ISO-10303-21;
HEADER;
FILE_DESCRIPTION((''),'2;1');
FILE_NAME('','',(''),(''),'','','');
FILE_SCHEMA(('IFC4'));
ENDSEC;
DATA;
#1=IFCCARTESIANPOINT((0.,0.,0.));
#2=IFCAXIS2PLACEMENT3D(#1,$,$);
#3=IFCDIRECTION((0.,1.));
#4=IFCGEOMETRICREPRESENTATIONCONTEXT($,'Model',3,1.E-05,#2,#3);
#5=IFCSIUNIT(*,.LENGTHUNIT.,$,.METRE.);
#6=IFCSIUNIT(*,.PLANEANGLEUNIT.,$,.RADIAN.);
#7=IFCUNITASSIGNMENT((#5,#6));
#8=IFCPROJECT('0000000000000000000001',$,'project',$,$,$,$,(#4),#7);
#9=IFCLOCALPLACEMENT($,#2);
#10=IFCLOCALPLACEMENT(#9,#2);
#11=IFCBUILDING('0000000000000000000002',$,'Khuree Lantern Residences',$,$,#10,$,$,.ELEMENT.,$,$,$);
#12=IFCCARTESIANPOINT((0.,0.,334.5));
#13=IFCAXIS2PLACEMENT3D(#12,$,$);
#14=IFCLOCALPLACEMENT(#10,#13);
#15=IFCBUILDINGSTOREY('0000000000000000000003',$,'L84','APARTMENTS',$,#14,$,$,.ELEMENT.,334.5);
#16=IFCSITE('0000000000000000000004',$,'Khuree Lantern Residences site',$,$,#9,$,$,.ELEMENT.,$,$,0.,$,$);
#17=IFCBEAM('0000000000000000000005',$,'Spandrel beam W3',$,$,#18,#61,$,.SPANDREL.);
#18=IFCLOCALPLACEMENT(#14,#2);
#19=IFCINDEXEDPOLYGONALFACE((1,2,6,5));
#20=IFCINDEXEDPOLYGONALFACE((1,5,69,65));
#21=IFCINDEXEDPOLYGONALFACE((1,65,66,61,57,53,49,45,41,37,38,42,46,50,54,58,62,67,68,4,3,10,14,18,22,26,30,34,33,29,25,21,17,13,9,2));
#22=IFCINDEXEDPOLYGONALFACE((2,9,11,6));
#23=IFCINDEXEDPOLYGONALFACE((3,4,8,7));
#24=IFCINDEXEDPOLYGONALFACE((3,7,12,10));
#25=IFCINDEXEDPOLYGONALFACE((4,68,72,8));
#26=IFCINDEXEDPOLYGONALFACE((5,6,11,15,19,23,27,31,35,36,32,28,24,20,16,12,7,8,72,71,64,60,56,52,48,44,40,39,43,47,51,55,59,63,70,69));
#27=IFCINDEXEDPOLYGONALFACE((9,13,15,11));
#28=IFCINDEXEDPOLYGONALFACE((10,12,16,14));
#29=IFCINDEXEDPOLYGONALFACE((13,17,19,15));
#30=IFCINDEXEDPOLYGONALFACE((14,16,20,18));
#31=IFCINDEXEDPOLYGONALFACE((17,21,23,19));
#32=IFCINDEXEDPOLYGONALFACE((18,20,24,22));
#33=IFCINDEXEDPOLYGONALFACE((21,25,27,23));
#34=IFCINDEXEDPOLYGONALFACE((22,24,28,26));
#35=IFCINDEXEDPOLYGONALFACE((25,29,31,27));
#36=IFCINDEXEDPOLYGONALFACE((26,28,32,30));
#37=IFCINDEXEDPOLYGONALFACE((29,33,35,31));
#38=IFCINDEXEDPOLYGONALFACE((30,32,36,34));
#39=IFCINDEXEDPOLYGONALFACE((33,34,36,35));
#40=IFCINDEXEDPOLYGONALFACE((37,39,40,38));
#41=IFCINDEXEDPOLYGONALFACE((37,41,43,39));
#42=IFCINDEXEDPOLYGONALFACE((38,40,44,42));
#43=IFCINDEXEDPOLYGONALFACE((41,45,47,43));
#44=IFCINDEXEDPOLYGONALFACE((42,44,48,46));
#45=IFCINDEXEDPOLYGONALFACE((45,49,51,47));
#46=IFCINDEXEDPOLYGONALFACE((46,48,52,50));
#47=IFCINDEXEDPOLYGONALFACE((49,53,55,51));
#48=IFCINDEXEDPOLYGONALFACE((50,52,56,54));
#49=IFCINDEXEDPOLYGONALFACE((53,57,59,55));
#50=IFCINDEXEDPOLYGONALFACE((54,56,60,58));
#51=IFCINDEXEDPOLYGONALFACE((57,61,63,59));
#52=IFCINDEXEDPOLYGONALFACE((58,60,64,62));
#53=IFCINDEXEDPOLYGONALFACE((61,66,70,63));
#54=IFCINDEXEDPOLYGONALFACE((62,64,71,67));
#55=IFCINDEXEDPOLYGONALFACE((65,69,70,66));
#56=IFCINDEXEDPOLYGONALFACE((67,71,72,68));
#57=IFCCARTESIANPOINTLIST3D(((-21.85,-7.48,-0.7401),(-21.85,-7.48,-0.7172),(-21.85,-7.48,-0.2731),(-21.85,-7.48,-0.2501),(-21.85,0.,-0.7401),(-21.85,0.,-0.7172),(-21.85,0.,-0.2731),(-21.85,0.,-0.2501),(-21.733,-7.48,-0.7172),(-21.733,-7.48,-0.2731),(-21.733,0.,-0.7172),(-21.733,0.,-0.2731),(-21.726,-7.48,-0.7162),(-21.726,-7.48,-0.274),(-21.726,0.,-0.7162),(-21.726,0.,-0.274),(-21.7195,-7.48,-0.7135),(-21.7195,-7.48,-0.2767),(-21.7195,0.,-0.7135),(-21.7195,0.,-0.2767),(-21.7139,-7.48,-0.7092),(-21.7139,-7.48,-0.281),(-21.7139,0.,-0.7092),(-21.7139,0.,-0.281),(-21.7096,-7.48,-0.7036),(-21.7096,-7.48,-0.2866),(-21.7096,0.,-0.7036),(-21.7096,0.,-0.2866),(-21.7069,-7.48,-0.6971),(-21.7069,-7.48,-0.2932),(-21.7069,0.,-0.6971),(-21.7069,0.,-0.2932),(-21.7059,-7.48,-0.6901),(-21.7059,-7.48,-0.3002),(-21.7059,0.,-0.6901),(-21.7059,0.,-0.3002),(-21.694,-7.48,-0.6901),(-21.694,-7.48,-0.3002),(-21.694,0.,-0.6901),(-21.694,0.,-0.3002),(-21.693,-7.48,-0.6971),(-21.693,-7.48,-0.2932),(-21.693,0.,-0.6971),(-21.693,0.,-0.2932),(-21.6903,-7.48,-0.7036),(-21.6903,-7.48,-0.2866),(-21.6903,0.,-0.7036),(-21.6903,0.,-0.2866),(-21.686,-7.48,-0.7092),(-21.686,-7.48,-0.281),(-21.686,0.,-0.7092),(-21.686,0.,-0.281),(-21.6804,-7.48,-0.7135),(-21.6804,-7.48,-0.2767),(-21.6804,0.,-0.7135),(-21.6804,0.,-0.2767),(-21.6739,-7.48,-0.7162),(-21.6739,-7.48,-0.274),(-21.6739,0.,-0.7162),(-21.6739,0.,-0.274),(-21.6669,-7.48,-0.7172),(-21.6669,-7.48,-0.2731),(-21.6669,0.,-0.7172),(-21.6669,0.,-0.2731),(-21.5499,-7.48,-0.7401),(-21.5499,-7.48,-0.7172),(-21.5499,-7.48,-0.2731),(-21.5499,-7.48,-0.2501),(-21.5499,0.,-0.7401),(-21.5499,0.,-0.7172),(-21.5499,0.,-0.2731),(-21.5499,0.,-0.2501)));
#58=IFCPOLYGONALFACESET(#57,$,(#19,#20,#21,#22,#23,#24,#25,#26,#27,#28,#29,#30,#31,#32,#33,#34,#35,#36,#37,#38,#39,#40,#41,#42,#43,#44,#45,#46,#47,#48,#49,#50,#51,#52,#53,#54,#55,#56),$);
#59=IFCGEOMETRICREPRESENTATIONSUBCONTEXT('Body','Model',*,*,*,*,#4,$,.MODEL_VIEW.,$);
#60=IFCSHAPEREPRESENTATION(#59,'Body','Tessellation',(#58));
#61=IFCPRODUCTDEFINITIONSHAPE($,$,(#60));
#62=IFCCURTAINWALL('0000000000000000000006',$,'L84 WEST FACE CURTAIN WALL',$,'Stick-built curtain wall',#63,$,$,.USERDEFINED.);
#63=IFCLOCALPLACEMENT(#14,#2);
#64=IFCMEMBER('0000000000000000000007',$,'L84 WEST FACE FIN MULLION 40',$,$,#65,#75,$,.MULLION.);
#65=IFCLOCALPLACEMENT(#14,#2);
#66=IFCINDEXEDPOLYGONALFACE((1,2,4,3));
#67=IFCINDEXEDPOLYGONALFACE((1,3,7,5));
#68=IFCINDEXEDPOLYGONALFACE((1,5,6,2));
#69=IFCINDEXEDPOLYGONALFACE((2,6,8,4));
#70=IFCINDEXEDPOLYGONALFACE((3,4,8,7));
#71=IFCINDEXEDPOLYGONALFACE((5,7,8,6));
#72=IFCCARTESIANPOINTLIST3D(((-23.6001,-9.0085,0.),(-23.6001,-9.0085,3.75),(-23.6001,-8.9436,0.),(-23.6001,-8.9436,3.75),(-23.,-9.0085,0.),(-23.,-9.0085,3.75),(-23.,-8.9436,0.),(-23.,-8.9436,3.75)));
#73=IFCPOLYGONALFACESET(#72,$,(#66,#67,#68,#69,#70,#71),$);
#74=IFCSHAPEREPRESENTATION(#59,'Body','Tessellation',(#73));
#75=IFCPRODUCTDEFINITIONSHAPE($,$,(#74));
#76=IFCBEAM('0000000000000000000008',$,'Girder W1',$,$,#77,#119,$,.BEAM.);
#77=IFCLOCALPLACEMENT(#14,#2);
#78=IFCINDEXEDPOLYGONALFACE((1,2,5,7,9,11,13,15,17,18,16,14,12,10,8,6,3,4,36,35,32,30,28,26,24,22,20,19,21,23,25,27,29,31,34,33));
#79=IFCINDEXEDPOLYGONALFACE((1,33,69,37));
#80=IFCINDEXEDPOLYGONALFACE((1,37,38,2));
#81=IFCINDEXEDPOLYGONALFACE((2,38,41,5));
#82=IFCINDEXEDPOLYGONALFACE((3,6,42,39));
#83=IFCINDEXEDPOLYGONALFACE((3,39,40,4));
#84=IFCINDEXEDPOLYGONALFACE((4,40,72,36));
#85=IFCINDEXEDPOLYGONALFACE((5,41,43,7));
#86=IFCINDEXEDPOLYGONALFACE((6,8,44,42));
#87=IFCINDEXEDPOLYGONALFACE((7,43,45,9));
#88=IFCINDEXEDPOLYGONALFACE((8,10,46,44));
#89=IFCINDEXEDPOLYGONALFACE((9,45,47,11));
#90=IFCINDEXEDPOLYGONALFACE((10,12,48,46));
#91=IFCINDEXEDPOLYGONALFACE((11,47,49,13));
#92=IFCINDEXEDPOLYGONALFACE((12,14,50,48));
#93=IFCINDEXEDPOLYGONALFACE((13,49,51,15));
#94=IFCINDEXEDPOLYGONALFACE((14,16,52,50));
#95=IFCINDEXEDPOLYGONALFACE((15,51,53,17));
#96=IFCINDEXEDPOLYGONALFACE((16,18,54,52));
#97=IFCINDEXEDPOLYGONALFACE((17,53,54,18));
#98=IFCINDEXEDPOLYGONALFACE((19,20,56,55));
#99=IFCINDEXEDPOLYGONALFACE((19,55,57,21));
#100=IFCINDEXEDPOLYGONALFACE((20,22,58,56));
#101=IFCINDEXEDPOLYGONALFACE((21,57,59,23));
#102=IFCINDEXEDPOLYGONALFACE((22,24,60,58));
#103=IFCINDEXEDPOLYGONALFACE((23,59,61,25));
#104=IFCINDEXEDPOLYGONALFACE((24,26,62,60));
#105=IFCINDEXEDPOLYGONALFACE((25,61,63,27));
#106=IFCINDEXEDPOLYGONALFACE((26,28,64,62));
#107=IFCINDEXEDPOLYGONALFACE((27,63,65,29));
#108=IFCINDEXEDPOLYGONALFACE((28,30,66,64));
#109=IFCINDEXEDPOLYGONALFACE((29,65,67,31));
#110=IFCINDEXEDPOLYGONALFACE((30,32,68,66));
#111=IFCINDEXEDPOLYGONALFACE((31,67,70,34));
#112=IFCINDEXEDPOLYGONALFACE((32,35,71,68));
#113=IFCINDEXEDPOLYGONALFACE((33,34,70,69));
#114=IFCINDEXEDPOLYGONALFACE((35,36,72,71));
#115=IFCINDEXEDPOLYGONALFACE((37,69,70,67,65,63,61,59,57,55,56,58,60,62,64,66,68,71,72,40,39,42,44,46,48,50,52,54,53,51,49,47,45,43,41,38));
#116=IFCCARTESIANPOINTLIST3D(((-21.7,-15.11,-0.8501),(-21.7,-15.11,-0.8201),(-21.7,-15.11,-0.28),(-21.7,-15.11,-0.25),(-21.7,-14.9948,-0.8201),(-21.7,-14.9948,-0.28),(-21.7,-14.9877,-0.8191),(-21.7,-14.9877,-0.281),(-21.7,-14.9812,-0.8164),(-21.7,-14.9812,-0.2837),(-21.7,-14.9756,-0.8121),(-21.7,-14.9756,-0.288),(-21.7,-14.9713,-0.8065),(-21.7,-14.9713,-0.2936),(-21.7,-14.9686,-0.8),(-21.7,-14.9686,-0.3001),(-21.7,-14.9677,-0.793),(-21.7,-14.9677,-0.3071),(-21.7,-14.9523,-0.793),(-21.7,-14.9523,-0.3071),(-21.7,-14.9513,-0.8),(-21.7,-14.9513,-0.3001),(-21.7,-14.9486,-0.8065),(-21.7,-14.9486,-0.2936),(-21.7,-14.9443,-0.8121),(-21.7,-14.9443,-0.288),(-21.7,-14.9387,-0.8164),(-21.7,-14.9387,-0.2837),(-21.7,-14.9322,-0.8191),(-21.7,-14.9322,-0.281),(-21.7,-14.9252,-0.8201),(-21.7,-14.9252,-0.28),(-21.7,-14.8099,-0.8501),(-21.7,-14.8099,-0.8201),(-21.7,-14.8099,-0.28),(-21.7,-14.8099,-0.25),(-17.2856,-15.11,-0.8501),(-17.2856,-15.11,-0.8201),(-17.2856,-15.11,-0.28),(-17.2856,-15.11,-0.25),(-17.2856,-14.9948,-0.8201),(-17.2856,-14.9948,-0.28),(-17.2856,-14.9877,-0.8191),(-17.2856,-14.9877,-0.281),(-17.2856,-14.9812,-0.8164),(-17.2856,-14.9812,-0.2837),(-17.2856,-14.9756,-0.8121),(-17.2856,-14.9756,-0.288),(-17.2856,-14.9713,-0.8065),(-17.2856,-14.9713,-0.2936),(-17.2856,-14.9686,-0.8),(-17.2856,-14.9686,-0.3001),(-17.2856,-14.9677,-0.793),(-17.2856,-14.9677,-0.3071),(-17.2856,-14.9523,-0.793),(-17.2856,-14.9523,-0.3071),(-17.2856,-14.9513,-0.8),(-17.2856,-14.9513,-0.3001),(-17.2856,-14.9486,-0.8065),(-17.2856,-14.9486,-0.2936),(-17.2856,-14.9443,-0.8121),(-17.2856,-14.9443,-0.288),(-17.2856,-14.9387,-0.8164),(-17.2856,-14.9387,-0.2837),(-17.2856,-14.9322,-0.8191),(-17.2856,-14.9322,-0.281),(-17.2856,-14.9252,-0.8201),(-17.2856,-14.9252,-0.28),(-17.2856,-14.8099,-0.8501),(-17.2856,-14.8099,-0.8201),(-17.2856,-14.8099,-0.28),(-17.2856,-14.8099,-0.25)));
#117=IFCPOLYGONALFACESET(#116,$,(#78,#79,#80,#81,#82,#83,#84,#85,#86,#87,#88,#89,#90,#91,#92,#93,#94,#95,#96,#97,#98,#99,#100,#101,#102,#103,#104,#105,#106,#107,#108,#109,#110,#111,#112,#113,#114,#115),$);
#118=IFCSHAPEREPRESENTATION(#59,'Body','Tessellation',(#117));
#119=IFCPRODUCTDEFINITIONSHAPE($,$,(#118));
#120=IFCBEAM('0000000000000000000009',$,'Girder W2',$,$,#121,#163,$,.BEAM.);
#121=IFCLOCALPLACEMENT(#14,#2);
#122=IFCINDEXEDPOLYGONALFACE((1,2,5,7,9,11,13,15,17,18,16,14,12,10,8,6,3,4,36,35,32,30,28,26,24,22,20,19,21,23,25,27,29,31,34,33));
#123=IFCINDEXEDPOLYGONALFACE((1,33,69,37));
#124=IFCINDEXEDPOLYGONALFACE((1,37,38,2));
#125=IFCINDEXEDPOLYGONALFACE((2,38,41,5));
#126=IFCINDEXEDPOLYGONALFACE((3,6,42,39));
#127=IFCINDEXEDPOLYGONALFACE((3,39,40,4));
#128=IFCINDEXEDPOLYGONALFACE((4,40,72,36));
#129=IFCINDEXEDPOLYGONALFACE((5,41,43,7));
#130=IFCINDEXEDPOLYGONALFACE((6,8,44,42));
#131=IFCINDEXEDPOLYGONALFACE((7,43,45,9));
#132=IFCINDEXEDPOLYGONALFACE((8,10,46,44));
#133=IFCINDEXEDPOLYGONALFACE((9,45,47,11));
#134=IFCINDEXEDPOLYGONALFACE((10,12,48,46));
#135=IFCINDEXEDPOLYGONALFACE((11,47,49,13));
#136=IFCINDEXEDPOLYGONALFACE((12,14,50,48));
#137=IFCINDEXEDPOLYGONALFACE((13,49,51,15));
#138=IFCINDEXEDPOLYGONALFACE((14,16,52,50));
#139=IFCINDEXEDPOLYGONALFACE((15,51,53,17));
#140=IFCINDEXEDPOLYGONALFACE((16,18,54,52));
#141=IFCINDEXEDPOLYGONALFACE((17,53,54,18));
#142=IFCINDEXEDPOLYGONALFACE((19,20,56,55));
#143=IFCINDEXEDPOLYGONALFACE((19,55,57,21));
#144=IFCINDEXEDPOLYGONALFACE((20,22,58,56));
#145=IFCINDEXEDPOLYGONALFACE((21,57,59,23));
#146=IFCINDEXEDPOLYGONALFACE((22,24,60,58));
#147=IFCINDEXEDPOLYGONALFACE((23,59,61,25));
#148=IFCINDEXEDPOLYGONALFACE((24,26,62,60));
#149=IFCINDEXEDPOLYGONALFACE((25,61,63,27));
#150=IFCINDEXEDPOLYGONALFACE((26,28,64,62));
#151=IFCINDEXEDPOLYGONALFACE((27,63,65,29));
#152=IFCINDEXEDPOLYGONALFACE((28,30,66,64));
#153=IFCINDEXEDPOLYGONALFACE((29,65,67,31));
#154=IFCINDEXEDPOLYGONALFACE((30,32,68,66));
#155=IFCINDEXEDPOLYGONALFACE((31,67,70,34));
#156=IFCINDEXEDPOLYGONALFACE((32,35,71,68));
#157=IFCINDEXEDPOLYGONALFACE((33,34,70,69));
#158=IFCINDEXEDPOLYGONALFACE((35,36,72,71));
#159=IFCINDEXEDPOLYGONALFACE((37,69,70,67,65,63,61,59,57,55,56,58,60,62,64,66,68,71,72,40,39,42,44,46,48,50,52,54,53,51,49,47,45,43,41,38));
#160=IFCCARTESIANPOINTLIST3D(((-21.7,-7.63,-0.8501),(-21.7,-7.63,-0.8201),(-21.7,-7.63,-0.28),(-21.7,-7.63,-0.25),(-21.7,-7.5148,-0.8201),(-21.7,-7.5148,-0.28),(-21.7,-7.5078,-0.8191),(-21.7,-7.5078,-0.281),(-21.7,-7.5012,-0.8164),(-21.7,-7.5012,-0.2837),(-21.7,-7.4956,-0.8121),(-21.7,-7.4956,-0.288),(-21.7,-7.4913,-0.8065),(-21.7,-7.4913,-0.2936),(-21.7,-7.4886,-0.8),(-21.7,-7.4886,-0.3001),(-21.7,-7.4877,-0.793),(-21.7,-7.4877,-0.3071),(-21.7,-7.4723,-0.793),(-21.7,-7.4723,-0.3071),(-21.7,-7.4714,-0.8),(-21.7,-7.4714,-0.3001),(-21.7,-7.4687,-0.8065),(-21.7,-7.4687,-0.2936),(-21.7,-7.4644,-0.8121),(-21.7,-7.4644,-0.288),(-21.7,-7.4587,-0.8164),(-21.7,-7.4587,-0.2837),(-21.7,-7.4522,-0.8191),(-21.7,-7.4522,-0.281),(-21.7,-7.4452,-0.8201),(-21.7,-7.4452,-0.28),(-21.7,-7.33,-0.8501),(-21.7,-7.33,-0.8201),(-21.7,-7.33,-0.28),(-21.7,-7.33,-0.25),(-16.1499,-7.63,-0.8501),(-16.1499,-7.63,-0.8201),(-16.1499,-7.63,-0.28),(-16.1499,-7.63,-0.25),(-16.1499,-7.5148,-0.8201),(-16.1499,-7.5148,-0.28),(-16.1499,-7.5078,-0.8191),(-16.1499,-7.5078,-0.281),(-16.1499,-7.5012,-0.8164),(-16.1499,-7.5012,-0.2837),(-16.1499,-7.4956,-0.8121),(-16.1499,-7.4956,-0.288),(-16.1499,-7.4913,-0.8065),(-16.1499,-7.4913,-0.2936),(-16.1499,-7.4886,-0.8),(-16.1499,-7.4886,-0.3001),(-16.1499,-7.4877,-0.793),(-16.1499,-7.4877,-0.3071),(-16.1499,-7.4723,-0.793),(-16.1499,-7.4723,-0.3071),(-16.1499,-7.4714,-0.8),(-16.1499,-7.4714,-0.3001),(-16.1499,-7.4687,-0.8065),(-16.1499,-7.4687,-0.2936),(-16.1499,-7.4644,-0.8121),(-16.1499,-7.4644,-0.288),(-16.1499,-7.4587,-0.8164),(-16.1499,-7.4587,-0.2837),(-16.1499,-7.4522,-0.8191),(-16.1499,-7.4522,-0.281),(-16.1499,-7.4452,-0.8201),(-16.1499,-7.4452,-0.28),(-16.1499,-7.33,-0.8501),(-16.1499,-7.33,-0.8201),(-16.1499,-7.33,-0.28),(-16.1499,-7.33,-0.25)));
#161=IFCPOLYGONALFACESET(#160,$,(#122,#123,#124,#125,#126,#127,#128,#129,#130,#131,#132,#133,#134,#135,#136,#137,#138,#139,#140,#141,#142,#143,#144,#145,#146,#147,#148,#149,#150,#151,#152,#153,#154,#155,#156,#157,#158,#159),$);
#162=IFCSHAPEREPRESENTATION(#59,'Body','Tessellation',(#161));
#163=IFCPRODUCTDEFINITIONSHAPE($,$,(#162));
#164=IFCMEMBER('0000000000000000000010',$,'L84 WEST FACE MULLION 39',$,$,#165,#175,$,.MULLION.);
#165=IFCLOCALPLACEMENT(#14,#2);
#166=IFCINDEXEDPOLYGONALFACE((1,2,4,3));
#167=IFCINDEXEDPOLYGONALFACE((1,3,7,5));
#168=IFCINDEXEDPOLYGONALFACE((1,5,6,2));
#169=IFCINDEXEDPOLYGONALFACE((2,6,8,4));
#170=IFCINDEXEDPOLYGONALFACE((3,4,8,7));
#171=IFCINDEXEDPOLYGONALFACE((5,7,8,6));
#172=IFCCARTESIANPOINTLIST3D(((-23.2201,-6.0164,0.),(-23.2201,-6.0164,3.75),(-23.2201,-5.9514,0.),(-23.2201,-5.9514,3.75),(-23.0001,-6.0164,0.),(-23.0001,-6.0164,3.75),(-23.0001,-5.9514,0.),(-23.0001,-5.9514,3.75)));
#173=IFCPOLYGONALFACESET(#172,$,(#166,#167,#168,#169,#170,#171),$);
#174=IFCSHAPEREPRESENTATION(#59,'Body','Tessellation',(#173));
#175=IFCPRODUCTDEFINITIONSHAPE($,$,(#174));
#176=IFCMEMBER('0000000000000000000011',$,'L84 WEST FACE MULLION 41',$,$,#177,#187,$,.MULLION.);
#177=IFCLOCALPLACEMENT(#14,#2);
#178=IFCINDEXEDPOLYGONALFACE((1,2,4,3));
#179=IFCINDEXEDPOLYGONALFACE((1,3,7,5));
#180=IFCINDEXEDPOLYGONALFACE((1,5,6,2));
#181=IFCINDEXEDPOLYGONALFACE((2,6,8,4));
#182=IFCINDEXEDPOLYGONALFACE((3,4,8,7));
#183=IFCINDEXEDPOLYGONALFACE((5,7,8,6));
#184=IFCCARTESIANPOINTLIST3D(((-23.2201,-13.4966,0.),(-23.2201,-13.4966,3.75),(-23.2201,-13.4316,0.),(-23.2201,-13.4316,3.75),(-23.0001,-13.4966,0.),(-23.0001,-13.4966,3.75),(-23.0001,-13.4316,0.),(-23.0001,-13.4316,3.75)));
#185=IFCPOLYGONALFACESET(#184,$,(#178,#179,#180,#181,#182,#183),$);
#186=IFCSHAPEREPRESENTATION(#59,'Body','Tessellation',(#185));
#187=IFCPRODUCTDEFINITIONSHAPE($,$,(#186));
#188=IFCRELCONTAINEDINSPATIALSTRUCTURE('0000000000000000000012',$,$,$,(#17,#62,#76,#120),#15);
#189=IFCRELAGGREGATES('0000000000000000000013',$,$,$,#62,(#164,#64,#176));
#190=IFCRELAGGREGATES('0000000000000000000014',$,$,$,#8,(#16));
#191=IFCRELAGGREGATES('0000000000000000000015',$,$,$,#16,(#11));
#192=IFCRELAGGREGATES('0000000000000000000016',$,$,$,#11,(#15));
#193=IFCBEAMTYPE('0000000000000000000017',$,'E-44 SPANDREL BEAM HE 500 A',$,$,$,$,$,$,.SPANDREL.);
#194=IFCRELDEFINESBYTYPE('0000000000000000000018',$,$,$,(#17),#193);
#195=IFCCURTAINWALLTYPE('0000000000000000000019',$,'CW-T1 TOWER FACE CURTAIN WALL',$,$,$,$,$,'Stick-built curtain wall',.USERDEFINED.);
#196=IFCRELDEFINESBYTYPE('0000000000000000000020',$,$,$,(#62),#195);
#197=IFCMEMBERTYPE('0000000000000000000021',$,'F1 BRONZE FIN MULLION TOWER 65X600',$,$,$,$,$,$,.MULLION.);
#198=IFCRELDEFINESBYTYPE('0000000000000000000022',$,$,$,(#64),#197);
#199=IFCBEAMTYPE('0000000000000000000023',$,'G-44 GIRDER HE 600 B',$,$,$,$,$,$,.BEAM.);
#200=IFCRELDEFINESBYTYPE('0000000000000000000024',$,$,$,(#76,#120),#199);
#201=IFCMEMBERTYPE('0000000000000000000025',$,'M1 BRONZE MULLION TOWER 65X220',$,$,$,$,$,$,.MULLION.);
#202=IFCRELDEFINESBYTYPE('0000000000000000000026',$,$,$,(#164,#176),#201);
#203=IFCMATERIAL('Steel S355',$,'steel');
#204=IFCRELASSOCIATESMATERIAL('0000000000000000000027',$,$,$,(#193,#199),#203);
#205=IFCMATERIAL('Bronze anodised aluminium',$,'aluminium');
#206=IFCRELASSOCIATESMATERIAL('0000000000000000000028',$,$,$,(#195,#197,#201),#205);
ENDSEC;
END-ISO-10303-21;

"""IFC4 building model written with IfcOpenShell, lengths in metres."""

from ifc_helpers import new_model, si_unit, direction, frame, origin, origin_2d, place, context, subcontext, project, spatial, rectangle, i_section, extrude, material, material_profile, profile_set, type_object, element, aggregate, save


model = new_model("IFC4")

# Units and contexts
model_context = context("Model", 3, precision=1e-05, world=origin(), true_north=direction((0.0, 1.0)))
body_context = subcontext(model_context, "Body", "Model", "MODEL_VIEW")
ifc_project = project(units=[si_unit("LENGTHUNIT", "METRE"), si_unit("PLANEANGLEUNIT", "RADIAN")], contexts=[model_context])

# Site, building, storey
site_placement = place(None, origin())
site = spatial("IfcSite", under=ifc_project, at=site_placement, Name="Khuree Lantern Residences site", CompositionType="ELEMENT", RefElevation=0.0)
building_placement = place(site_placement, origin())
building = spatial("IfcBuilding", under=site, at=building_placement, Name="Khuree Lantern Residences", CompositionType="ELEMENT")
storey_placement = place(building_placement, frame((0.0, 0.0, 334.5)))
storey = spatial("IfcBuildingStorey", under=building, at=storey_placement, Name="L84", Description="APARTMENTS", CompositionType="ELEMENT", Elevation=334.5)

# Beam
ifc_material_1 = material(Name="Steel S355", Category="steel")
ifc_material_profile_1 = material_profile(ifc_material_1, i_section(OverallWidth=0.3, OverallDepth=0.49, WebThickness=0.012, FlangeThickness=0.0229, FilletRadius=0.0271, at=origin_2d()), Name="HE 500 A")
ifc_profile_set_1 = profile_set([ifc_material_profile_1], Name="Steel S355")
beam_type_1 = type_object("IfcBeamType", Name="E-44 SPANDREL BEAM HE 500 A", PredefinedType="SPANDREL", material=ifc_profile_set_1)
for number, where, z_axis, x_axis, name in (
    (1, (-21.7, -7.48, -0.4951), (0.0, 1.0, 0.0), (-1.0, 0.0, 0.0), "Spandrel beam W3"),
):
    element("IfcBeam", number, at=place(storey_placement, frame(where, z_axis=z_axis, x_axis=x_axis)), inside=storey, type_object=beam_type_1, Name=name, PredefinedType="SPANDREL", context=body_context, shape_type="SweptSolid", body=[
        extrude(i_section(OverallWidth=0.3, OverallDepth=0.49, WebThickness=0.012, FlangeThickness=0.0229, FilletRadius=0.0271, at=origin_2d()), origin(), (0.0, 0.0, 1.0), 7.48),
    ])

# Curtain wall, member
ifc_material_2 = material(Name="Bronze anodised aluminium", Category="aluminium")
curtain_wall_type = type_object("IfcCurtainWallType", Name="CW-T1 TOWER FACE CURTAIN WALL", ElementType="Stick-built curtain wall", PredefinedType="USERDEFINED", material=ifc_material_2)
curtain_wall_placement = place(storey_placement, origin())
curtain_wall = element("IfcCurtainWall", 2, at=curtain_wall_placement, inside=storey, type_object=curtain_wall_type, Name="L84 WEST FACE CURTAIN WALL", ObjectType="Stick-built curtain wall", PredefinedType="USERDEFINED")
ifc_material_profile_2 = material_profile(ifc_material_2, rectangle(XDim=0.0649, YDim=0.6001, at=origin_2d()), Name="F1 65X600")
ifc_profile_set_2 = profile_set([ifc_material_profile_2], Name="Bronze anodised aluminium")
member_type_1 = type_object("IfcMemberType", Name="F1 BRONZE FIN MULLION TOWER 65X600", PredefinedType="MULLION", material=ifc_profile_set_2)
member_1_placement = place(storey_placement, frame((-23.3, -8.9761, 0.0), z_axis=(0.0, 0.0, 1.0), x_axis=(0.0, -1.0, 0.0)))
member_1 = element("IfcMember", 3, at=member_1_placement, type_object=member_type_1, Name="L84 WEST FACE FIN MULLION 40", PredefinedType="MULLION", context=body_context, shape_type="SweptSolid", body=[
    extrude(rectangle(XDim=0.0649, YDim=0.6001, at=origin_2d()), origin(), (0.0, 0.0, 1.0), 3.75),
])

# Beams
ifc_material_profile_3 = material_profile(ifc_material_1, i_section(OverallWidth=0.3, OverallDepth=0.6001, WebThickness=0.0154, FlangeThickness=0.03, FilletRadius=0.0271, at=origin_2d()), Name="HE 600 B")
ifc_profile_set_3 = profile_set([ifc_material_profile_3], Name="Steel S355")
beam_type_2 = type_object("IfcBeamType", Name="G-44 GIRDER HE 600 B", PredefinedType="BEAM", material=ifc_profile_set_3)
beam_1_placement = place(storey_placement, frame((-21.7, -14.96, -0.55), z_axis=(1.0, 0.0, 0.0), x_axis=(0.0, 1.0, 0.0)))
element("IfcBeam", 4, at=beam_1_placement, inside=storey, type_object=beam_type_2, Name="Girder W1", PredefinedType="BEAM", context=body_context, shape_type="SweptSolid", body=[
    extrude(i_section(OverallWidth=0.3, OverallDepth=0.6001, WebThickness=0.0154, FlangeThickness=0.03, FilletRadius=0.0271, at=origin_2d()), origin(), (0.0, 0.0, 1.0), 4.4143),
])
beam_2_placement = place(storey_placement, frame((-21.7, -7.48, -0.55), z_axis=(1.0, 0.0, 0.0), x_axis=(0.0, 1.0, 0.0)))
element("IfcBeam", 5, at=beam_2_placement, inside=storey, type_object=beam_type_2, Name="Girder W2", PredefinedType="BEAM", context=body_context, shape_type="SweptSolid", body=[
    extrude(i_section(OverallWidth=0.3, OverallDepth=0.6001, WebThickness=0.0154, FlangeThickness=0.03, FilletRadius=0.0271, at=origin_2d()), origin(), (0.0, 0.0, 1.0), 5.55),
])

# Members
ifc_material_profile_4 = material_profile(ifc_material_2, rectangle(XDim=0.0649, YDim=0.22, at=origin_2d()), Name="M1 65X220")
ifc_profile_set_4 = profile_set([ifc_material_profile_4], Name="Bronze anodised aluminium")
member_type_2 = type_object("IfcMemberType", Name="M1 BRONZE MULLION TOWER 65X220", PredefinedType="MULLION", material=ifc_profile_set_4)
member_2_placement = place(storey_placement, frame((-23.1101, -5.9839, 0.0), z_axis=(0.0, 0.0, 1.0), x_axis=(0.0, -1.0, 0.0)))
member_2 = element("IfcMember", 6, at=member_2_placement, type_object=member_type_2, Name="L84 WEST FACE MULLION 39", PredefinedType="MULLION", context=body_context, shape_type="SweptSolid", body=[
    extrude(rectangle(XDim=0.0649, YDim=0.22, at=origin_2d()), origin(), (0.0, 0.0, 1.0), 3.75),
])
member_3_placement = place(storey_placement, frame((-23.1101, -13.4641, 0.0), z_axis=(0.0, 0.0, 1.0), x_axis=(0.0, -1.0, 0.0)))
member_3 = element("IfcMember", 7, at=member_3_placement, type_object=member_type_2, Name="L84 WEST FACE MULLION 41", PredefinedType="MULLION", context=body_context, shape_type="SweptSolid", body=[
    extrude(rectangle(XDim=0.0649, YDim=0.22, at=origin_2d()), origin(), (0.0, 0.0, 1.0), 3.75),
])

aggregate(curtain_wall, [member_2, member_1, member_3])

save(model, "model.ifc")
